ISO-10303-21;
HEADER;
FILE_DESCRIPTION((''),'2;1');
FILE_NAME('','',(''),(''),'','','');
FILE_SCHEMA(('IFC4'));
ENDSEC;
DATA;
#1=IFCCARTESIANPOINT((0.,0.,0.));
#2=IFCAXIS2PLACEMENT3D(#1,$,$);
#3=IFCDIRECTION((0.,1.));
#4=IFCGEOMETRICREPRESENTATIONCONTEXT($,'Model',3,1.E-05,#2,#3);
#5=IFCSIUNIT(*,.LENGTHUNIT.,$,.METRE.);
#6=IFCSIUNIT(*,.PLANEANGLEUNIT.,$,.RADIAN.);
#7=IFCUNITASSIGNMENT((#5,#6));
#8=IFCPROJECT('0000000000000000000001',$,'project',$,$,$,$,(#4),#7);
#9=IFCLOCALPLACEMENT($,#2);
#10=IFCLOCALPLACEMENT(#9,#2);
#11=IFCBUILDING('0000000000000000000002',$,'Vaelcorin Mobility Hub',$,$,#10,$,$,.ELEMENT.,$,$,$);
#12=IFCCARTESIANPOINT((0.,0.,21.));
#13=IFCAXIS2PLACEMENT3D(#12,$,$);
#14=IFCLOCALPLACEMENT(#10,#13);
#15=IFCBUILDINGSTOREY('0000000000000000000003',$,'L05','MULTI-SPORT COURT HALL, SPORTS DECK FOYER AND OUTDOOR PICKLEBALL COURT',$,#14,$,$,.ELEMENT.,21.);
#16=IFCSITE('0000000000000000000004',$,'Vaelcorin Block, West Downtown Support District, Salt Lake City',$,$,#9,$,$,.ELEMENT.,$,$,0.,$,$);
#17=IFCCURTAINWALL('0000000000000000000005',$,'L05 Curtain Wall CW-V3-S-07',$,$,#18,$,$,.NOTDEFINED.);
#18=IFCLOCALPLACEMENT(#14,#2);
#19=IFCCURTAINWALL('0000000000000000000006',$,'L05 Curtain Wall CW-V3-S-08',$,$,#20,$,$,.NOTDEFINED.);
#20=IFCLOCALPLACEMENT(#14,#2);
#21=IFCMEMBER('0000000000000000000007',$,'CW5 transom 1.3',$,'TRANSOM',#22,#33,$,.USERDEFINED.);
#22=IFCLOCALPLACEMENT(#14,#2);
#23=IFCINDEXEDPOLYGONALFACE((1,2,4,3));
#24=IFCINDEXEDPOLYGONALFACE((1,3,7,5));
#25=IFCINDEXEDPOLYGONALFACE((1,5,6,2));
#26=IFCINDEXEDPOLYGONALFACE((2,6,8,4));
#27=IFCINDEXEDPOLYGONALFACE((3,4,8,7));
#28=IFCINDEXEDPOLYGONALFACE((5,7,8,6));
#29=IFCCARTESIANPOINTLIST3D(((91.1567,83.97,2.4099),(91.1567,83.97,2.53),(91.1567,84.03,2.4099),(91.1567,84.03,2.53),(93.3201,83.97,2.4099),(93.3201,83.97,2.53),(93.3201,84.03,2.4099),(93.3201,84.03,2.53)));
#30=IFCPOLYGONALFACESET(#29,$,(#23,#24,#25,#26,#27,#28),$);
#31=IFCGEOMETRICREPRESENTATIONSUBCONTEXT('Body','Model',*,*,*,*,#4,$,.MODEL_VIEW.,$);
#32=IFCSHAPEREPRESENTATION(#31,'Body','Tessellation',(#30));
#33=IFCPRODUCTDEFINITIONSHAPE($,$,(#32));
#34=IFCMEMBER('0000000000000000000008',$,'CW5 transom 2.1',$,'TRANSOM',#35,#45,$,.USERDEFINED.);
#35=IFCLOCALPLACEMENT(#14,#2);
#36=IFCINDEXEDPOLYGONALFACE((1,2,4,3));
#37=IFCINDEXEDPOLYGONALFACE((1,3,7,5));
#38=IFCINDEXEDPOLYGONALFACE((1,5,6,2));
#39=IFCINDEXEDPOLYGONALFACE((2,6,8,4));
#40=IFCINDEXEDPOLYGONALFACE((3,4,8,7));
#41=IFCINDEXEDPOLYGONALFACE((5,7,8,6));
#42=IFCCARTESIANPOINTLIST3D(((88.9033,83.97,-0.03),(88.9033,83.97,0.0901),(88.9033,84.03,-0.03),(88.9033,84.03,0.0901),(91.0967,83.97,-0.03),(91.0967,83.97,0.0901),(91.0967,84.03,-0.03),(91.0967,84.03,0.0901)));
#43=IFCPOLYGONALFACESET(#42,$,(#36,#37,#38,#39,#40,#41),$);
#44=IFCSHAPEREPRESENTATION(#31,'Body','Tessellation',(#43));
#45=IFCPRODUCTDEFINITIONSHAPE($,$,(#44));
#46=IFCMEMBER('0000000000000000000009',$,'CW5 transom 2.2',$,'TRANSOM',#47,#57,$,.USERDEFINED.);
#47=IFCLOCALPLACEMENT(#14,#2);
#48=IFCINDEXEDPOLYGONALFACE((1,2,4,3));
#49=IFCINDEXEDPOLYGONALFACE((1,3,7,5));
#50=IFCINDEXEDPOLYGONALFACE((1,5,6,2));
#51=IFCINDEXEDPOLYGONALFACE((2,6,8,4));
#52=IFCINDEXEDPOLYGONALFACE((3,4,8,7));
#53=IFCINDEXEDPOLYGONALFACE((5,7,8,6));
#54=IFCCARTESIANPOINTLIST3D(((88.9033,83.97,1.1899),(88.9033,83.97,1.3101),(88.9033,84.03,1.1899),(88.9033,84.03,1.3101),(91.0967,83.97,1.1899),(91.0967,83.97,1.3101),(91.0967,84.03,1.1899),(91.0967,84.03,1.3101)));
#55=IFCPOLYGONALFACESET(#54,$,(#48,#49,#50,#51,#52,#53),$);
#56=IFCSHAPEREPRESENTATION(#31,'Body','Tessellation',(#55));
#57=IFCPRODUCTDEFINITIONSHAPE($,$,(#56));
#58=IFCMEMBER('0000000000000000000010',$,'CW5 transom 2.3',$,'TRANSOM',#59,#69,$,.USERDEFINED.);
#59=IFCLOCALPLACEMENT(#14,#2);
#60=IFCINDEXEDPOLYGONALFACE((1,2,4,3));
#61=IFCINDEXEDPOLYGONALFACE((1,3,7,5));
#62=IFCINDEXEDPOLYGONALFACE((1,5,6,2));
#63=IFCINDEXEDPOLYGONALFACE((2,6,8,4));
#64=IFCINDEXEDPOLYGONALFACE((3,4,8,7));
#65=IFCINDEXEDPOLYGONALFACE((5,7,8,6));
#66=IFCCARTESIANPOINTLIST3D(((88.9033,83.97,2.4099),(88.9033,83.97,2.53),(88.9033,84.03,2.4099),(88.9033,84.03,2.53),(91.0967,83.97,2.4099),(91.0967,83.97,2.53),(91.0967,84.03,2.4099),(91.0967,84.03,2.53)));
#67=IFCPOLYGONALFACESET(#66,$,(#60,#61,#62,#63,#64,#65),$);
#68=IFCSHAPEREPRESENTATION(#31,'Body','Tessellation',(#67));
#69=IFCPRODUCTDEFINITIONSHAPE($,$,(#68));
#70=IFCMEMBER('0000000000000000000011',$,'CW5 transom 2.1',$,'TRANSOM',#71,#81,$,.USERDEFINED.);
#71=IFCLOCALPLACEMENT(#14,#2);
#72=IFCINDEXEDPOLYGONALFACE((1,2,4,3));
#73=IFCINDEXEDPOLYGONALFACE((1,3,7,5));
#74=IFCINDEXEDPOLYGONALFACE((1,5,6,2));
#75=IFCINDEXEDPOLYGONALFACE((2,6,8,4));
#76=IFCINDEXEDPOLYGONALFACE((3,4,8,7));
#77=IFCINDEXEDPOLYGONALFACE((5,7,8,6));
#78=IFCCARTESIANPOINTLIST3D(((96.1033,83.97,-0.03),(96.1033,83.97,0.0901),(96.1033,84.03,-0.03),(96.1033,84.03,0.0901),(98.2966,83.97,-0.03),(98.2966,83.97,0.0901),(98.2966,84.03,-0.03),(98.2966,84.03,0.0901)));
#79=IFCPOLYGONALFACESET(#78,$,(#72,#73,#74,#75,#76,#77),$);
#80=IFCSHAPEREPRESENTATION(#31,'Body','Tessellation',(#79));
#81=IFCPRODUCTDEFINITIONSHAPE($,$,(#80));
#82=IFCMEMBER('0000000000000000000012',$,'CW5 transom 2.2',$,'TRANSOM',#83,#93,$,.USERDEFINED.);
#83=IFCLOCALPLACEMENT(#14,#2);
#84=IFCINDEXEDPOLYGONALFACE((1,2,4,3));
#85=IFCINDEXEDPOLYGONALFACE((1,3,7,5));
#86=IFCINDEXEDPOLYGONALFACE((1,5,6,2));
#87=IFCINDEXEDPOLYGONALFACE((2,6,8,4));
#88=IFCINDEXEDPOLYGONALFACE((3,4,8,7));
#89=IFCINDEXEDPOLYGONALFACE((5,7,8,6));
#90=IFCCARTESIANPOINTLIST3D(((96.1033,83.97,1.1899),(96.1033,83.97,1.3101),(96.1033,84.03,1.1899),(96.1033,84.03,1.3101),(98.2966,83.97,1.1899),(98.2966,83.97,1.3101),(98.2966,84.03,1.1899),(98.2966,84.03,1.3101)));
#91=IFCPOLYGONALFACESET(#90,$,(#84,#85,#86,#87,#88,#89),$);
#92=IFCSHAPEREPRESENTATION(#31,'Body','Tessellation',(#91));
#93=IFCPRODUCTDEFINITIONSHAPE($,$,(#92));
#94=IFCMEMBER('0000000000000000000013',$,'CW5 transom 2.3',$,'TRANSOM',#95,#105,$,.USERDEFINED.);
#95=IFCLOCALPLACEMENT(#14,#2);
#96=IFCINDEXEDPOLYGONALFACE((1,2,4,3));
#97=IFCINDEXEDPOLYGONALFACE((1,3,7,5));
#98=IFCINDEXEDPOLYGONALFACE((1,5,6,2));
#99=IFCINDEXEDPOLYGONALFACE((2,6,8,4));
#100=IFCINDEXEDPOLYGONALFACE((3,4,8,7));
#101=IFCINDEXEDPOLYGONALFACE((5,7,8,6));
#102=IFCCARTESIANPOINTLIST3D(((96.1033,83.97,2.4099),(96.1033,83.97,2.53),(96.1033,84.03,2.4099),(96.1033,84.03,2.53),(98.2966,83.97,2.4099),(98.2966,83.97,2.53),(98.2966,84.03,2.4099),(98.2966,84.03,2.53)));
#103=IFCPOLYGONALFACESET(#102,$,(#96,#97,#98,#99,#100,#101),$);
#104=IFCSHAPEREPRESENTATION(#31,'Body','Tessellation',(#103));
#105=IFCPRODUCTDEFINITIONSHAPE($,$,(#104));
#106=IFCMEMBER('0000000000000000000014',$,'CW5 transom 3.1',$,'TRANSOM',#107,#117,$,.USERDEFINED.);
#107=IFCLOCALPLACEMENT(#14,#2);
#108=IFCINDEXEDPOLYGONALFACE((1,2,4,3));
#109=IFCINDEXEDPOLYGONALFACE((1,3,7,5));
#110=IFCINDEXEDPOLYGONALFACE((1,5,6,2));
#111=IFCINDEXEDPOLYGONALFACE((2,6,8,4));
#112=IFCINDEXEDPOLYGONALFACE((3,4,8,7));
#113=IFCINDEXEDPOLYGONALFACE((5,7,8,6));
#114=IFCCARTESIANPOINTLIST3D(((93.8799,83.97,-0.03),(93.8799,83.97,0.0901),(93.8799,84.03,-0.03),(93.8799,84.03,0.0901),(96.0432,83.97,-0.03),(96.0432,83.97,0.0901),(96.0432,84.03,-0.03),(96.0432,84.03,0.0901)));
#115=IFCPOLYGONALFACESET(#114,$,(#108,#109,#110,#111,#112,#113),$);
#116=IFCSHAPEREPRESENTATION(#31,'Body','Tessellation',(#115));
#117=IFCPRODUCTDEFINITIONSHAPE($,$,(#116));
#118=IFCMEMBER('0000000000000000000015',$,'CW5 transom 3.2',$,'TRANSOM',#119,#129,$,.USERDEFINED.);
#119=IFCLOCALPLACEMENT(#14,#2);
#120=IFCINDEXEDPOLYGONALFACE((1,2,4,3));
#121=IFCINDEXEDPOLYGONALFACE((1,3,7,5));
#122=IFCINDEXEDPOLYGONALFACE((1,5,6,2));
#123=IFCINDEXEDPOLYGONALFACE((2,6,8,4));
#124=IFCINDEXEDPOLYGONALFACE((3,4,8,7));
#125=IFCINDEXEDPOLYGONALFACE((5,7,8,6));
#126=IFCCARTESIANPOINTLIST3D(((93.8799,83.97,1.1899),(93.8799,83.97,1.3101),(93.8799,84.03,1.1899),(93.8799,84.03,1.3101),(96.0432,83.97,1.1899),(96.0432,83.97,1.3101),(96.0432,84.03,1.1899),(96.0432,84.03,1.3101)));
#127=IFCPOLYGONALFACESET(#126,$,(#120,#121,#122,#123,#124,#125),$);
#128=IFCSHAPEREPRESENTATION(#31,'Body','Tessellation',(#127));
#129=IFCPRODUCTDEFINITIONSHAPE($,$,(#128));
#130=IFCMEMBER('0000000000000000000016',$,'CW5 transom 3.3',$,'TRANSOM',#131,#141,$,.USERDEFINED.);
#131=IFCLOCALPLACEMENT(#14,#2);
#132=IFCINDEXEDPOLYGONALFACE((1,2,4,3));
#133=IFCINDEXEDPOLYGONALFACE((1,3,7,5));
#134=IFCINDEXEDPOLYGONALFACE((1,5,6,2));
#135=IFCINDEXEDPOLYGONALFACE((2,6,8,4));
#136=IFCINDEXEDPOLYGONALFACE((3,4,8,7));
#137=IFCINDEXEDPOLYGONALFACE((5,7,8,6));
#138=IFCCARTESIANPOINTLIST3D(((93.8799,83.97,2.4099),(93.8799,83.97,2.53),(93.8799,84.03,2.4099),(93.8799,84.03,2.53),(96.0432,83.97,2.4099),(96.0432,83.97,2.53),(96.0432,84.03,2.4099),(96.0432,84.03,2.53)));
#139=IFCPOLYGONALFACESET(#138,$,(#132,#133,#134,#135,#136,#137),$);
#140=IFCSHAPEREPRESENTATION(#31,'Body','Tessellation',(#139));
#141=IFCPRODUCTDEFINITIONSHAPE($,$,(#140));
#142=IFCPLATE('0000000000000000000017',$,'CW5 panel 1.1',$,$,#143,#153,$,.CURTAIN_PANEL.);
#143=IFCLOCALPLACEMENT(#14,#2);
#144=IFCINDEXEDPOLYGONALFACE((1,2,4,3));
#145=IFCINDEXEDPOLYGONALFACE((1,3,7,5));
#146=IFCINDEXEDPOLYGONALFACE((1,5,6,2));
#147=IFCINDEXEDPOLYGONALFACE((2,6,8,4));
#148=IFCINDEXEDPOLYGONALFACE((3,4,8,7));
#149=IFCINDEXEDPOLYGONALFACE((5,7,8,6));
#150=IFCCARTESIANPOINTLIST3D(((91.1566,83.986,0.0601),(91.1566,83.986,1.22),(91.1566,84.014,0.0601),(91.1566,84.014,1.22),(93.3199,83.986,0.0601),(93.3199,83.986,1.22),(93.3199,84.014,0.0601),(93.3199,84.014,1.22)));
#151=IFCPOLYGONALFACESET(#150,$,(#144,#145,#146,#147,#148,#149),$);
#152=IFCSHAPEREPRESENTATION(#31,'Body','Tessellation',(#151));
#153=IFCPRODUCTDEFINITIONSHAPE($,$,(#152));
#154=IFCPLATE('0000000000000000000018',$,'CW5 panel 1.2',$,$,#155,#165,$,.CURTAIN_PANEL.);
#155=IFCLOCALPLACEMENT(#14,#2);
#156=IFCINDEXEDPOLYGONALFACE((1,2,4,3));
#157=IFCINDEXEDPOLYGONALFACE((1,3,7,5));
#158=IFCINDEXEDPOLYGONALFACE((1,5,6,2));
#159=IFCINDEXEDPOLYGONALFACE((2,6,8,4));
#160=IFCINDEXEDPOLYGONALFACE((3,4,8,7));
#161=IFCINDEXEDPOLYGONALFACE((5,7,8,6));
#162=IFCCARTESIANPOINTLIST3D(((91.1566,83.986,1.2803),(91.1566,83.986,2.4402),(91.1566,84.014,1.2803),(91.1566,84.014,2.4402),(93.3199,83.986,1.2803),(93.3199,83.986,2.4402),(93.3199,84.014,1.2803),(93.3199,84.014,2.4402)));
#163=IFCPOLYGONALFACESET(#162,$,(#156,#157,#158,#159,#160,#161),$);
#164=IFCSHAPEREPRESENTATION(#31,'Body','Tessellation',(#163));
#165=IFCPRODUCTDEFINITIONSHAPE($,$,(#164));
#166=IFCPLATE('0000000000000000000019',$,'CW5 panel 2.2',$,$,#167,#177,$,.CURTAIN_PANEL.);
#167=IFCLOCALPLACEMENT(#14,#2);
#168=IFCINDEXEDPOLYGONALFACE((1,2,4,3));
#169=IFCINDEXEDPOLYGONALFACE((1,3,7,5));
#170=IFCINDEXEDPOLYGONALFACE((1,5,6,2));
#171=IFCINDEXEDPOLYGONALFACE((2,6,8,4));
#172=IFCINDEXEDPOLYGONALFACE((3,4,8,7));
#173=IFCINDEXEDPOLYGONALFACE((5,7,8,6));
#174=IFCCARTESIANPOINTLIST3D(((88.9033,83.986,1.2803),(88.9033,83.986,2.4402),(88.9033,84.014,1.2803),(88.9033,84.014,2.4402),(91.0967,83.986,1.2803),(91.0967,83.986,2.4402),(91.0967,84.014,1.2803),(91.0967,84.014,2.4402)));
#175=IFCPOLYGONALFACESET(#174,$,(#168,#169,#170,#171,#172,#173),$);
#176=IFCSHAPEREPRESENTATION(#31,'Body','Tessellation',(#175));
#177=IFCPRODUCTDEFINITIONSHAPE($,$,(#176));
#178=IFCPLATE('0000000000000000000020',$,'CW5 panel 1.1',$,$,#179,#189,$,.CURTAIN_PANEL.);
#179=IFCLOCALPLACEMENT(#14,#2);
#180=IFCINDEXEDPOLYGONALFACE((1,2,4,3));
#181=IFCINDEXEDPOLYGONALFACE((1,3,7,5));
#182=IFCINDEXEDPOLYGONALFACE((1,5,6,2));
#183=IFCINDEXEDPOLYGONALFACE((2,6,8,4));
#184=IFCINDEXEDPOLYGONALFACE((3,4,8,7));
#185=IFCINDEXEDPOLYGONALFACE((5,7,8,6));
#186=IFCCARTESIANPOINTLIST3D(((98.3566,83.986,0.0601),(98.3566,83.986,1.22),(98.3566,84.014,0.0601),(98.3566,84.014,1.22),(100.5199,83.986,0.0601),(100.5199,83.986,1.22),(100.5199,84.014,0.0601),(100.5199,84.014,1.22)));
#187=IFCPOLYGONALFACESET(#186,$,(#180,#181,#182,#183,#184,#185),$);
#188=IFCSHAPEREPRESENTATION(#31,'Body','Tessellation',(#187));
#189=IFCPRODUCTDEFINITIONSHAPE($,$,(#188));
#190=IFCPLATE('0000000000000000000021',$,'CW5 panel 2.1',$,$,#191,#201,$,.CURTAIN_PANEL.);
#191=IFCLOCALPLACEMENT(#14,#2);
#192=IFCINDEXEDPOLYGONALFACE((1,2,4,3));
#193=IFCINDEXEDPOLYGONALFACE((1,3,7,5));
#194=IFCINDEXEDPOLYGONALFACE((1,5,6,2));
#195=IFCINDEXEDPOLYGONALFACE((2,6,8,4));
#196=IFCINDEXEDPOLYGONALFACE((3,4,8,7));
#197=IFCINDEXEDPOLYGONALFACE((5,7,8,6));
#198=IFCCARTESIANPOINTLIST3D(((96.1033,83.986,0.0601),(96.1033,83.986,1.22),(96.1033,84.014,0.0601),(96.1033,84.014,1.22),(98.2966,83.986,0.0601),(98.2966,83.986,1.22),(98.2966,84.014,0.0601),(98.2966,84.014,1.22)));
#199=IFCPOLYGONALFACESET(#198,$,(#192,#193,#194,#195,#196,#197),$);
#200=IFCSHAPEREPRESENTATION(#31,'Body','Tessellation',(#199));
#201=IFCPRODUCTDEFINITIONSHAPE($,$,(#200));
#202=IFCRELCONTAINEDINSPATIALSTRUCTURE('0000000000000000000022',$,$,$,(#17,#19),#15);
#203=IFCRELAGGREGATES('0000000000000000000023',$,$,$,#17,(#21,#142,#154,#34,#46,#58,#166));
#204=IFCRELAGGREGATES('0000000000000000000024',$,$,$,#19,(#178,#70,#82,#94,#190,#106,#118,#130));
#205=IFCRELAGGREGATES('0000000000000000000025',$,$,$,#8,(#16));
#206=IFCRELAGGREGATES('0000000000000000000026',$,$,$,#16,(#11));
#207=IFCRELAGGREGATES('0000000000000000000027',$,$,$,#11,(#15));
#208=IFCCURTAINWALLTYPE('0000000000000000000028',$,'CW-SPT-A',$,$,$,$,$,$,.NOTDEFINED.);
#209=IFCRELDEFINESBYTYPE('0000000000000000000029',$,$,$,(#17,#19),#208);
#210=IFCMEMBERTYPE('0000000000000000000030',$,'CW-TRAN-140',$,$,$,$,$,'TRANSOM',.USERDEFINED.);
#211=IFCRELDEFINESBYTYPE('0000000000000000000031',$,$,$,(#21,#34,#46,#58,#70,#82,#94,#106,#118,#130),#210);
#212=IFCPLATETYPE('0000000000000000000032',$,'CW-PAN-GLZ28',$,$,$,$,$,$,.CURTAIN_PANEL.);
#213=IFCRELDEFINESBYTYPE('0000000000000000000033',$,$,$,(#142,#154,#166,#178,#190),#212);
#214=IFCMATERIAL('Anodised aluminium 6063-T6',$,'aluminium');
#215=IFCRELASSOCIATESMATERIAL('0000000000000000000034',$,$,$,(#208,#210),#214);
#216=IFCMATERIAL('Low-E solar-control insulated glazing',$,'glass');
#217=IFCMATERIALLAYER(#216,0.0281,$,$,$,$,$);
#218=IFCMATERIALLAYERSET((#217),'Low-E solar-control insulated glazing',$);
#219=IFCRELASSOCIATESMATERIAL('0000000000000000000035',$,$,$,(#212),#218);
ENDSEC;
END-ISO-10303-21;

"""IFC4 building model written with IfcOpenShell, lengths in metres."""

from ifc_helpers import new_model, si_unit, direction, frame, origin, origin_2d, place, context, subcontext, project, spatial, rectangle, extrude, material, layer, layer_set, material_profile, profile_set, type_object, element, aggregate, save


model = new_model("IFC4")

# Units and contexts
model_context = context("Model", 3, precision=1e-05, world=origin(), true_north=direction((0.0, 1.0)))
body_context = subcontext(model_context, "Body", "Model", "MODEL_VIEW")
ifc_project = project(units=[si_unit("LENGTHUNIT", "METRE"), si_unit("PLANEANGLEUNIT", "RADIAN")], contexts=[model_context])

# Site, building, storey
site_placement = place(None, origin())
site = spatial("IfcSite", under=ifc_project, at=site_placement, Name="Vaelcorin Block, West Downtown Support District, Salt Lake City", CompositionType="ELEMENT", RefElevation=0.0)
building_placement = place(site_placement, origin())
building = spatial("IfcBuilding", under=site, at=building_placement, Name="Vaelcorin Mobility Hub", CompositionType="ELEMENT")
storey_placement = place(building_placement, frame((0.0, 0.0, 21.0)))
storey = spatial("IfcBuildingStorey", under=building, at=storey_placement, Name="L05", Description="MULTI-SPORT COURT HALL, SPORTS DECK FOYER AND OUTDOOR PICKLEBALL COURT", CompositionType="ELEMENT", Elevation=21.0)

# Curtain walls
ifc_material_1 = material(Name="Anodised aluminium 6063-T6", Category="aluminium")
curtain_wall_type = type_object("IfcCurtainWallType", Name="CW-SPT-A", PredefinedType="NOTDEFINED", material=ifc_material_1)
curtain_wall_1_placement = place(storey_placement, origin())
curtain_wall_1 = element("IfcCurtainWall", 1, at=curtain_wall_1_placement, inside=storey, type_object=curtain_wall_type, Name="L05 Curtain Wall CW-V3-S-07", PredefinedType="NOTDEFINED")
curtain_wall_2_placement = place(storey_placement, origin())
curtain_wall_2 = element("IfcCurtainWall", 2, at=curtain_wall_2_placement, inside=storey, type_object=curtain_wall_type, Name="L05 Curtain Wall CW-V3-S-08", PredefinedType="NOTDEFINED")

# Members
ifc_material_profile_1 = material_profile(ifc_material_1, rectangle(XDim=0.0601, YDim=0.1201, at=origin_2d()), Name="ALU-T60X120")
ifc_profile_set_1 = profile_set([ifc_material_profile_1], Name="Anodised aluminium 6063-T6")
member_type_1 = type_object("IfcMemberType", Name="CW-TRAN-140", ElementType="TRANSOM", PredefinedType="USERDEFINED", material=ifc_profile_set_1)
member_1_placement = place(storey_placement, frame((93.3201, 84.0, 2.47), z_axis=(-1.0, 0.0, 0.0), x_axis=(0.0, -1.0, 0.0)))
member_1 = element("IfcMember", 3, at=member_1_placement, type_object=member_type_1, Name="CW5 transom 1.3", ObjectType="TRANSOM", PredefinedType="USERDEFINED", context=body_context, shape_type="SweptSolid", body=[
    extrude(rectangle(XDim=0.0601, YDim=0.1201, at=origin_2d()), origin(), (0.0, 0.0, 1.0), 2.1633),
])
member_2_placement = place(storey_placement, frame((91.0967, 84.0, 0.03), z_axis=(-1.0, 0.0, 0.0), x_axis=(0.0, -1.0, 0.0)))
member_2 = element("IfcMember", 4, at=member_2_placement, type_object=member_type_1, Name="CW5 transom 2.1", ObjectType="TRANSOM", PredefinedType="USERDEFINED", context=body_context, shape_type="SweptSolid", body=[
    extrude(rectangle(XDim=0.0601, YDim=0.1201, at=origin_2d()), origin(), (0.0, 0.0, 1.0), 2.1934),
])
member_3_placement = place(storey_placement, frame((91.0967, 84.0, 1.25), z_axis=(-1.0, 0.0, 0.0), x_axis=(0.0, -1.0, 0.0)))
member_3 = element("IfcMember", 5, at=member_3_placement, type_object=member_type_1, Name="CW5 transom 2.2", ObjectType="TRANSOM", PredefinedType="USERDEFINED", context=body_context, shape_type="SweptSolid", body=[
    extrude(rectangle(XDim=0.0601, YDim=0.1201, at=origin_2d()), origin(), (0.0, 0.0, 1.0), 2.1934),
])
member_4_placement = place(storey_placement, frame((91.0967, 84.0, 2.47), z_axis=(-1.0, 0.0, 0.0), x_axis=(0.0, -1.0, 0.0)))
member_4 = element("IfcMember", 6, at=member_4_placement, type_object=member_type_1, Name="CW5 transom 2.3", ObjectType="TRANSOM", PredefinedType="USERDEFINED", context=body_context, shape_type="SweptSolid", body=[
    extrude(rectangle(XDim=0.0601, YDim=0.1201, at=origin_2d()), origin(), (0.0, 0.0, 1.0), 2.1934),
])
member_5_placement = place(storey_placement, frame((98.2966, 84.0, 0.03), z_axis=(-1.0, 0.0, 0.0), x_axis=(0.0, -1.0, 0.0)))
member_5 = element("IfcMember", 7, at=member_5_placement, type_object=member_type_1, Name="CW5 transom 2.1", ObjectType="TRANSOM", PredefinedType="USERDEFINED", context=body_context, shape_type="SweptSolid", body=[
    extrude(rectangle(XDim=0.0601, YDim=0.1201, at=origin_2d()), origin(), (0.0, 0.0, 1.0), 2.1934),
])
member_6_placement = place(storey_placement, frame((98.2966, 84.0, 1.25), z_axis=(-1.0, 0.0, 0.0), x_axis=(0.0, -1.0, 0.0)))
member_6 = element("IfcMember", 8, at=member_6_placement, type_object=member_type_1, Name="CW5 transom 2.2", ObjectType="TRANSOM", PredefinedType="USERDEFINED", context=body_context, shape_type="SweptSolid", body=[
    extrude(rectangle(XDim=0.0601, YDim=0.1201, at=origin_2d()), origin(), (0.0, 0.0, 1.0), 2.1934),
])
member_7_placement = place(storey_placement, frame((98.2966, 84.0, 2.47), z_axis=(-1.0, 0.0, 0.0), x_axis=(0.0, -1.0, 0.0)))
member_7 = element("IfcMember", 9, at=member_7_placement, type_object=member_type_1, Name="CW5 transom 2.3", ObjectType="TRANSOM", PredefinedType="USERDEFINED", context=body_context, shape_type="SweptSolid", body=[
    extrude(rectangle(XDim=0.0601, YDim=0.1201, at=origin_2d()), origin(), (0.0, 0.0, 1.0), 2.1934),
])
member_8_placement = place(storey_placement, frame((96.0432, 84.0, 0.03), z_axis=(-1.0, 0.0, 0.0), x_axis=(0.0, -1.0, 0.0)))
member_8 = element("IfcMember", 10, at=member_8_placement, type_object=member_type_1, Name="CW5 transom 3.1", ObjectType="TRANSOM", PredefinedType="USERDEFINED", context=body_context, shape_type="SweptSolid", body=[
    extrude(rectangle(XDim=0.0601, YDim=0.1201, at=origin_2d()), origin(), (0.0, 0.0, 1.0), 2.1633),
])
member_9_placement = place(storey_placement, frame((96.0432, 84.0, 1.25), z_axis=(-1.0, 0.0, 0.0), x_axis=(0.0, -1.0, 0.0)))
member_9 = element("IfcMember", 11, at=member_9_placement, type_object=member_type_1, Name="CW5 transom 3.2", ObjectType="TRANSOM", PredefinedType="USERDEFINED", context=body_context, shape_type="SweptSolid", body=[
    extrude(rectangle(XDim=0.0601, YDim=0.1201, at=origin_2d()), origin(), (0.0, 0.0, 1.0), 2.1633),
])
member_10_placement = place(storey_placement, frame((96.0432, 84.0, 2.47), z_axis=(-1.0, 0.0, 0.0), x_axis=(0.0, -1.0, 0.0)))
member_10 = element("IfcMember", 12, at=member_10_placement, type_object=member_type_1, Name="CW5 transom 3.3", ObjectType="TRANSOM", PredefinedType="USERDEFINED", context=body_context, shape_type="SweptSolid", body=[
    extrude(rectangle(XDim=0.0601, YDim=0.1201, at=origin_2d()), origin(), (0.0, 0.0, 1.0), 2.1633),
])

# Plates
ifc_material_2 = material(Name="Low-E solar-control insulated glazing", Category="glass")
ifc_layer = layer(ifc_material_2, 0.0281)
ifc_layer_set = layer_set([ifc_layer], Name="Low-E solar-control insulated glazing")
plate_type = type_object("IfcPlateType", Name="CW-PAN-GLZ28", PredefinedType="CURTAIN_PANEL", material=ifc_layer_set)
plate_1_placement = place(storey_placement, frame((92.2383, 84.0, 0.0601), z_axis=(0.0, 0.0, 1.0), x_axis=(-1.0, 0.0, 0.0)))
plate_1 = element("IfcPlate", 13, at=plate_1_placement, type_object=plate_type, Name="CW5 panel 1.1", PredefinedType="CURTAIN_PANEL", context=body_context, shape_type="SweptSolid", body=[
    extrude(rectangle(XDim=2.1633, YDim=0.0281, at=origin_2d()), origin(), (0.0, 0.0, 1.0), 1.1599),
])
plate_2_placement = place(storey_placement, frame((92.2383, 84.0, 1.2803), z_axis=(0.0, 0.0, 1.0), x_axis=(-1.0, 0.0, 0.0)))
plate_2 = element("IfcPlate", 14, at=plate_2_placement, type_object=plate_type, Name="CW5 panel 1.2", PredefinedType="CURTAIN_PANEL", context=body_context, shape_type="SweptSolid", body=[
    extrude(rectangle(XDim=2.1633, YDim=0.0281, at=origin_2d()), origin(), (0.0, 0.0, 1.0), 1.1599),
])
plate_3_placement = place(storey_placement, frame((90.0, 84.0, 1.2803), z_axis=(0.0, 0.0, 1.0), x_axis=(-1.0, 0.0, 0.0)))
plate_3 = element("IfcPlate", 15, at=plate_3_placement, type_object=plate_type, Name="CW5 panel 2.2", PredefinedType="CURTAIN_PANEL", context=body_context, shape_type="SweptSolid", body=[
    extrude(rectangle(XDim=2.1934, YDim=0.0281, at=origin_2d()), origin(), (0.0, 0.0, 1.0), 1.1599),
])
aggregate(curtain_wall_1, [member_1, plate_1, plate_2, member_2, member_3, member_4, plate_3])
plate_4_placement = place(storey_placement, frame((99.4382, 84.0, 0.0601), z_axis=(0.0, 0.0, 1.0), x_axis=(-1.0, 0.0, 0.0)))
plate_4 = element("IfcPlate", 16, at=plate_4_placement, type_object=plate_type, Name="CW5 panel 1.1", PredefinedType="CURTAIN_PANEL", context=body_context, shape_type="SweptSolid", body=[
    extrude(rectangle(XDim=2.1633, YDim=0.0281, at=origin_2d()), origin(), (0.0, 0.0, 1.0), 1.1599),
])
plate_5_placement = place(storey_placement, frame((97.2, 84.0, 0.0601), z_axis=(0.0, 0.0, 1.0), x_axis=(-1.0, 0.0, 0.0)))
plate_5 = element("IfcPlate", 17, at=plate_5_placement, type_object=plate_type, Name="CW5 panel 2.1", PredefinedType="CURTAIN_PANEL", context=body_context, shape_type="SweptSolid", body=[
    extrude(rectangle(XDim=2.1934, YDim=0.0281, at=origin_2d()), origin(), (0.0, 0.0, 1.0), 1.1599),
])
aggregate(curtain_wall_2, [plate_4, member_5, member_6, member_7, plate_5, member_8, member_9, member_10])

save(model, "model.ifc")
